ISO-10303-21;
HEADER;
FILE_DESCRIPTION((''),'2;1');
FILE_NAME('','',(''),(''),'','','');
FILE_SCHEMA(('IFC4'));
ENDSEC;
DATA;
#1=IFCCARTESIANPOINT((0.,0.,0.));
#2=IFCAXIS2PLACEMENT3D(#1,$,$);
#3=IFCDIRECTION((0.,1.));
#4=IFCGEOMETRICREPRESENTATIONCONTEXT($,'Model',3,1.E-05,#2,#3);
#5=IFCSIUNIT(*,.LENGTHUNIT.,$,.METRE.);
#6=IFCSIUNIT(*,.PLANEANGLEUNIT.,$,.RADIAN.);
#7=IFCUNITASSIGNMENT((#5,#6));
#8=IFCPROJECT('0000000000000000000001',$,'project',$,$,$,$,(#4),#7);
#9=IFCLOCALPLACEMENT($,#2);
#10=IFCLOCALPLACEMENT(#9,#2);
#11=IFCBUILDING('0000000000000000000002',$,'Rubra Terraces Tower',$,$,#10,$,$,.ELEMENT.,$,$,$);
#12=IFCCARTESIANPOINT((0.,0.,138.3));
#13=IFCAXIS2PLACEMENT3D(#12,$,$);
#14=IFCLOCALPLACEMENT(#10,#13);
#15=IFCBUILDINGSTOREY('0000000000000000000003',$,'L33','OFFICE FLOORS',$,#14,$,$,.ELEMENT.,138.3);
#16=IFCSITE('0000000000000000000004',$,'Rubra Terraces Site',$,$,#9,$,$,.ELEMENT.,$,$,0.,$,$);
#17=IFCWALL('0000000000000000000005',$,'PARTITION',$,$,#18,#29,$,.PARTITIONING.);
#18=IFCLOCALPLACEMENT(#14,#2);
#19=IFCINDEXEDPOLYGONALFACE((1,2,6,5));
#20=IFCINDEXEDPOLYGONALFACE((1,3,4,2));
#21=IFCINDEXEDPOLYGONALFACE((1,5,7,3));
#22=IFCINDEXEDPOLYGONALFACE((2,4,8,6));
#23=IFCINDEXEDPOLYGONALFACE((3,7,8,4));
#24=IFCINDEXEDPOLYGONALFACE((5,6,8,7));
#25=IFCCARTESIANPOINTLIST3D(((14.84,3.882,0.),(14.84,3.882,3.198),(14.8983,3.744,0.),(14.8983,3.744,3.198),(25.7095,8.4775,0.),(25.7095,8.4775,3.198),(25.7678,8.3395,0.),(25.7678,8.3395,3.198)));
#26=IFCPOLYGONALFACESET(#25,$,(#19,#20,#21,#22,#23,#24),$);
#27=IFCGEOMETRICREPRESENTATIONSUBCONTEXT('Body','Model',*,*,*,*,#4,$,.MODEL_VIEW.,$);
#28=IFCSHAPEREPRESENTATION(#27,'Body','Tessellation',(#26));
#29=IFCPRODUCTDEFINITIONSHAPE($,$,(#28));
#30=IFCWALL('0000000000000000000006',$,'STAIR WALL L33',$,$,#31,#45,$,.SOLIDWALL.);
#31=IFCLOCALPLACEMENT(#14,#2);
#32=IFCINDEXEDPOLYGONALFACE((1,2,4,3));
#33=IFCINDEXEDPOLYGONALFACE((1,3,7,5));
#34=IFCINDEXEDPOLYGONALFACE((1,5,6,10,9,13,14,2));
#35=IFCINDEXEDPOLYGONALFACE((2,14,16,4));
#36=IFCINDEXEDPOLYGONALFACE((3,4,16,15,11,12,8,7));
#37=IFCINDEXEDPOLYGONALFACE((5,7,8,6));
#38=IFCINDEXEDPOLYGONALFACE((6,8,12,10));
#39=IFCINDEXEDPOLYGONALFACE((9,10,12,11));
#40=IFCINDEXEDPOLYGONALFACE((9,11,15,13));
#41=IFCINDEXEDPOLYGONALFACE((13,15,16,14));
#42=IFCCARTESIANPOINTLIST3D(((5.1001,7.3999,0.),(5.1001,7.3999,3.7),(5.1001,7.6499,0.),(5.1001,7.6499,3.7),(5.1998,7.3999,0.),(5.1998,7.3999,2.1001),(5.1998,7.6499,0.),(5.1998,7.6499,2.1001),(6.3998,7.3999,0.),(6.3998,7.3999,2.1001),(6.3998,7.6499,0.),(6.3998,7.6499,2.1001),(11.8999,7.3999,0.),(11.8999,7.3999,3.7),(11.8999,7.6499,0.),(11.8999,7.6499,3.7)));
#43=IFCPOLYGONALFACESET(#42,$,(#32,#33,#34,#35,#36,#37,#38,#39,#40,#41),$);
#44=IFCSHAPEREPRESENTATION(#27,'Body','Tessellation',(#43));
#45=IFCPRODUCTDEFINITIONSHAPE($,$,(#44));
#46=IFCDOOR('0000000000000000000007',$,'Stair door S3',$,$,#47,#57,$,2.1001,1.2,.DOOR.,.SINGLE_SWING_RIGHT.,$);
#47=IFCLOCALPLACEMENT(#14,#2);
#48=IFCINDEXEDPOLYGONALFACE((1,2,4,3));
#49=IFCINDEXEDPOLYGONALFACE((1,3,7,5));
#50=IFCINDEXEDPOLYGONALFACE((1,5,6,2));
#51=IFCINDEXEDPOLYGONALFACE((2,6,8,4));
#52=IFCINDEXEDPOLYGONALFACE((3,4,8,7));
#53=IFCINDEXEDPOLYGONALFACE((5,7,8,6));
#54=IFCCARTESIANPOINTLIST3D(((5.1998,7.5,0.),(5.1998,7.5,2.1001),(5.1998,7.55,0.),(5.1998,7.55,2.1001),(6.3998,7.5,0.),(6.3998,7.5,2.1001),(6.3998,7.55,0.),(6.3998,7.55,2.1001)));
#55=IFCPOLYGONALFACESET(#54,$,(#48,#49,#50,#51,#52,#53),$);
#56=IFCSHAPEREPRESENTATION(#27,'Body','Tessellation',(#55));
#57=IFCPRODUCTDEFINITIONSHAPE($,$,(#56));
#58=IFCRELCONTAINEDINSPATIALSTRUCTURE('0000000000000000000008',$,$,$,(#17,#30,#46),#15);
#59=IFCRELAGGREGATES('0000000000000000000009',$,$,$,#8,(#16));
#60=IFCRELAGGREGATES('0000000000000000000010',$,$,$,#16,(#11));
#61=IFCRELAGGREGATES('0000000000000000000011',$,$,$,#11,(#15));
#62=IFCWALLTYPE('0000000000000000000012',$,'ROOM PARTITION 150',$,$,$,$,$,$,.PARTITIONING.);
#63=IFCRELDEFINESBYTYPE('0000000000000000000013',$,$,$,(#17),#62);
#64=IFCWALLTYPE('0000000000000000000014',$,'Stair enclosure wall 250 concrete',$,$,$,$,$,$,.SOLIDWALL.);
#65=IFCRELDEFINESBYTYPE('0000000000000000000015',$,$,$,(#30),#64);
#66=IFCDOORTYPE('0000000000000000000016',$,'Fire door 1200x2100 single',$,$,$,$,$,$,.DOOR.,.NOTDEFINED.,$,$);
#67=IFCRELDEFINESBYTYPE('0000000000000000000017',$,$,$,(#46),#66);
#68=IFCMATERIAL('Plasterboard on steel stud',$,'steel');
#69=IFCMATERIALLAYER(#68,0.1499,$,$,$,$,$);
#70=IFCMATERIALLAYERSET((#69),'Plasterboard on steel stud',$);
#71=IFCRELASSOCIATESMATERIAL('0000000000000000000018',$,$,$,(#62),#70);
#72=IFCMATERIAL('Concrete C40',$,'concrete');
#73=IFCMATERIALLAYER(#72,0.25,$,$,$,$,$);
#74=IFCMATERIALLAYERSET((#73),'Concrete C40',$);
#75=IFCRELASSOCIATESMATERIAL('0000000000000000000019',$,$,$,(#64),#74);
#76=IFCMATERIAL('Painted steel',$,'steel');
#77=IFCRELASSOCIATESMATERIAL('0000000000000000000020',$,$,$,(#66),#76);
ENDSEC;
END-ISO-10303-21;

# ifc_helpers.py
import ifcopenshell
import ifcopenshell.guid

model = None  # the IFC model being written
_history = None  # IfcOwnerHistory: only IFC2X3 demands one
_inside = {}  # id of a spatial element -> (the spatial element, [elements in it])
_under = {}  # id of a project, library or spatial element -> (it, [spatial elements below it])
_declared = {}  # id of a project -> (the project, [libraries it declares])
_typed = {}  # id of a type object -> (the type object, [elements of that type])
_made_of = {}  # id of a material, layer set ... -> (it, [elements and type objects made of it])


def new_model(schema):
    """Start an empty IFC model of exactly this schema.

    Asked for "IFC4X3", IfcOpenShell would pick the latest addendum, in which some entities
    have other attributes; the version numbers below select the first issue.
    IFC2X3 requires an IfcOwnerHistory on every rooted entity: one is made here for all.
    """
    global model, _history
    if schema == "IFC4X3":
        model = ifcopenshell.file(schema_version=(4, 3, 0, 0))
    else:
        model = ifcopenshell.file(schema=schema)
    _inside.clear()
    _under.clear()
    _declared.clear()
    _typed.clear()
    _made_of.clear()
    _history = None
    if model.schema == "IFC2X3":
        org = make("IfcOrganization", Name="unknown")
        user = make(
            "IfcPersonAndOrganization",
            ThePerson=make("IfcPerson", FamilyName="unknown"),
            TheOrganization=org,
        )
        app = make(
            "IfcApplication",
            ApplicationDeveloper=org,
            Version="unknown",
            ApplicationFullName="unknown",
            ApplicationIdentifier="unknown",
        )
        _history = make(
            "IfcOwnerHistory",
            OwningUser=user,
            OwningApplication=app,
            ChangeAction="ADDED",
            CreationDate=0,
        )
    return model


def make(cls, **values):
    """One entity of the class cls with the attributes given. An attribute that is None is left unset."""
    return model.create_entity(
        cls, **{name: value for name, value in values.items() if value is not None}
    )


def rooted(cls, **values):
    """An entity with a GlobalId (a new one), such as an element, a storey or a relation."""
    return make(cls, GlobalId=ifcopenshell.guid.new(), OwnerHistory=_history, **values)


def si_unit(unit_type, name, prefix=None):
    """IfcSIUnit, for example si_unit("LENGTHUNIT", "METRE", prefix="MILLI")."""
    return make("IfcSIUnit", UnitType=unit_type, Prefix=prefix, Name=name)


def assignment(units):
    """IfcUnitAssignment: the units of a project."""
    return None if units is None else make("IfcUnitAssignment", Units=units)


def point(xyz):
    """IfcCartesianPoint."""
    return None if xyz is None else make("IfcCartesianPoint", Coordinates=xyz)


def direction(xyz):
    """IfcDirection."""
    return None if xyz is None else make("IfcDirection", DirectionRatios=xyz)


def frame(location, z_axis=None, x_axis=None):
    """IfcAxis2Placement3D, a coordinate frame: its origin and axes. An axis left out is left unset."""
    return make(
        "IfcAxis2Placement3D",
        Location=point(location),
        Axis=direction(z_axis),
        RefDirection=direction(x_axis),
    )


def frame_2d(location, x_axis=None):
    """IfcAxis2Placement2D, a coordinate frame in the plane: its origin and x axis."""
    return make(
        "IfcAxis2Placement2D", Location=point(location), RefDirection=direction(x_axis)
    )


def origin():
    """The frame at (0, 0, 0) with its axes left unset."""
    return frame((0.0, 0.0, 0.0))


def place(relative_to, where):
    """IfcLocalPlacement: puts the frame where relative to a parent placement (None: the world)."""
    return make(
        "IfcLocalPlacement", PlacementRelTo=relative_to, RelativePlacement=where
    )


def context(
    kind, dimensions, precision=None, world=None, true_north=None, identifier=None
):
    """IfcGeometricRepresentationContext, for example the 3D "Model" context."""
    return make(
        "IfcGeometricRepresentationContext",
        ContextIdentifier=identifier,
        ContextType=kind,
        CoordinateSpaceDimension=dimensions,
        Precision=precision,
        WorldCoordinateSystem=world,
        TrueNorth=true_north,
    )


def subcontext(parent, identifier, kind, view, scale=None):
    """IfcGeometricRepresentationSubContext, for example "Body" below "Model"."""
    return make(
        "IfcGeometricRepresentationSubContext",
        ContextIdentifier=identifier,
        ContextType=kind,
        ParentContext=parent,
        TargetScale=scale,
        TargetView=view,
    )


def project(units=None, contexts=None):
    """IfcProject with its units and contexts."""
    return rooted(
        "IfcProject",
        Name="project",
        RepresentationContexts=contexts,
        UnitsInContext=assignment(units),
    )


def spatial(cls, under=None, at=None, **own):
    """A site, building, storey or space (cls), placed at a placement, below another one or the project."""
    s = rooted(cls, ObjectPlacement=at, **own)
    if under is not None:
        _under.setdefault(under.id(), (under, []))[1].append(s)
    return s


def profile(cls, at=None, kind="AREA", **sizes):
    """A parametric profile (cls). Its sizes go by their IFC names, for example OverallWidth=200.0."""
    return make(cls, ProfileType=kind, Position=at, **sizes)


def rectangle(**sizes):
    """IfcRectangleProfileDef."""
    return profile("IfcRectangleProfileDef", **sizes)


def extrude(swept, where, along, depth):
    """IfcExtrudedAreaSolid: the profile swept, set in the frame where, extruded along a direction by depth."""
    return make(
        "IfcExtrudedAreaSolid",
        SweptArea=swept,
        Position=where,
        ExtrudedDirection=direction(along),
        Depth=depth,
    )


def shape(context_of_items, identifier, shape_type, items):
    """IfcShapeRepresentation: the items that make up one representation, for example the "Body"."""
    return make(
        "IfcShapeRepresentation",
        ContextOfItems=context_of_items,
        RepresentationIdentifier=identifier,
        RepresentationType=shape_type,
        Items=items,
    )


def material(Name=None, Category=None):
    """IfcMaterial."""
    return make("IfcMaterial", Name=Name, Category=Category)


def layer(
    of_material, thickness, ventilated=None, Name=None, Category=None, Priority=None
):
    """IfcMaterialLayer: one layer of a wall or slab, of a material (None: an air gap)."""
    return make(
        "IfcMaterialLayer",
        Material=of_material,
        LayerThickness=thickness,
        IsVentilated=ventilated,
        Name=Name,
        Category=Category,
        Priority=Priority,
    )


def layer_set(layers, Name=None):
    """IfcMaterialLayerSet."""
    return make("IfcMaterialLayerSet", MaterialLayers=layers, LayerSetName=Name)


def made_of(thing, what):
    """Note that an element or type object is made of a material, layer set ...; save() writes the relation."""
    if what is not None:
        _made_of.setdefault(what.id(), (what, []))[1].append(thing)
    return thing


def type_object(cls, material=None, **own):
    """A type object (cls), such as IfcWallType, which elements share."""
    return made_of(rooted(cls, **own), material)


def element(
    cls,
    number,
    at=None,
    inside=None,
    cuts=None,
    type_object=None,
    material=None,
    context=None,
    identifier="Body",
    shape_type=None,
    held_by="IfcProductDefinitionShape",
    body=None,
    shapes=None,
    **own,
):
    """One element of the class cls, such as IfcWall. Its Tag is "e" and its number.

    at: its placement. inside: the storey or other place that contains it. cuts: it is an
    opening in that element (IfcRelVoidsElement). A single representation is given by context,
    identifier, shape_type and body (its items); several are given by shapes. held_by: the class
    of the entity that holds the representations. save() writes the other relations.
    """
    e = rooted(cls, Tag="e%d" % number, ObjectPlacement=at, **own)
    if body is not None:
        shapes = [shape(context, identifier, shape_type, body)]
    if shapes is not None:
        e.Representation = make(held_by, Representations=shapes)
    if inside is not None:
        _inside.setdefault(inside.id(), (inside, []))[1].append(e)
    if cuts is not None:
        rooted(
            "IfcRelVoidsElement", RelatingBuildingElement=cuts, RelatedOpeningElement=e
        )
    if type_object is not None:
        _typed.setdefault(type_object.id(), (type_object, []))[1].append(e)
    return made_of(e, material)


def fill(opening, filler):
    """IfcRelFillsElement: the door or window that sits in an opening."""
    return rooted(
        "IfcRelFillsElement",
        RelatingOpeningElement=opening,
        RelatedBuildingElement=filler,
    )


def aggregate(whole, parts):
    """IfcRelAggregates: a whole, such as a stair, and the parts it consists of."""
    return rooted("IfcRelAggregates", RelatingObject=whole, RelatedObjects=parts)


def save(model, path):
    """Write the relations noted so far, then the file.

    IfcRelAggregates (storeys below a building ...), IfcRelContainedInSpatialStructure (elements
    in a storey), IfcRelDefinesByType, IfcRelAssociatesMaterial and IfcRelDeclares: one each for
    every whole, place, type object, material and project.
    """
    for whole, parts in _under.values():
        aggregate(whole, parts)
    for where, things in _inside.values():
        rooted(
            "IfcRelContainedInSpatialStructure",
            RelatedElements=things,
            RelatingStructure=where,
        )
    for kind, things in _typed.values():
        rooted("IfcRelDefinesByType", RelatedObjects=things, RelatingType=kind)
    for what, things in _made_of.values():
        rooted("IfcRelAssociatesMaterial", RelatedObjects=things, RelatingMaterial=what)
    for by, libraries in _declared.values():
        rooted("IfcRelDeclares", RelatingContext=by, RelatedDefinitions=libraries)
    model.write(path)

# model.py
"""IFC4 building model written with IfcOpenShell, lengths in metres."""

from ifc_helpers import new_model, si_unit, direction, frame, frame_2d, origin, place, context, subcontext, project, spatial, rectangle, extrude, material, layer, layer_set, type_object, element, fill, save


model = new_model("IFC4")

# Units and contexts
model_context = context("Model", 3, precision=1e-05, world=origin(), true_north=direction((0.0, 1.0)))
body_context = subcontext(model_context, "Body", "Model", "MODEL_VIEW")
ifc_project = project(units=[si_unit("LENGTHUNIT", "METRE"), si_unit("PLANEANGLEUNIT", "RADIAN")], contexts=[model_context])

# Site, building, storey
site_placement = place(None, origin())
site = spatial("IfcSite", under=ifc_project, at=site_placement, Name="Rubra Terraces Site", CompositionType="ELEMENT", RefElevation=0.0)
building_placement = place(site_placement, origin())
building = spatial("IfcBuilding", under=site, at=building_placement, Name="Rubra Terraces Tower", CompositionType="ELEMENT")
storey_placement = place(building_placement, frame((0.0, 0.0, 138.3)))
storey = spatial("IfcBuildingStorey", under=building, at=storey_placement, Name="L33", Description="OFFICE FLOORS", CompositionType="ELEMENT", Elevation=138.3)

# Shared definitions
ifc_material_1 = material(Name="Concrete C40", Category="concrete")
ifc_material_2 = material(Name="Plasterboard on steel stud", Category="steel")

# Wall
ifc_layer_1 = layer(ifc_material_2, 0.1499)
ifc_layer_set_1 = layer_set([ifc_layer_1], Name="Plasterboard on steel stud")
wall_type_1 = type_object("IfcWallType", Name="ROOM PARTITION 150", PredefinedType="PARTITIONING", material=ifc_layer_set_1)
wall_1_placement = place(storey_placement, frame((25.7385, 8.4084, 0.0), z_axis=(0.0, 0.0, 1.0), x_axis=(-0.921062, -0.389415, 0.0)))
element("IfcWall", 1, at=wall_1_placement, inside=storey, type_object=wall_type_1, Name="PARTITION", PredefinedType="PARTITIONING", context=body_context, shape_type="SweptSolid", body=[
    extrude(rectangle(XDim=11.801, YDim=0.1499, at=frame_2d((5.9004, 0.0))), origin(), (0.0, 0.0, 1.0), 3.198),
])

# Wall, opening, door
ifc_layer_2 = layer(ifc_material_1, 0.25)
ifc_layer_set_2 = layer_set([ifc_layer_2], Name="Concrete C40")
wall_type_2 = type_object("IfcWallType", Name="Stair enclosure wall 250 concrete", PredefinedType="SOLIDWALL", material=ifc_layer_set_2)
wall_2_placement = place(storey_placement, frame((11.8999, 7.5249, 0.0), z_axis=(0.0, 0.0, 1.0), x_axis=(-1.0, 0.0, 0.0)))
wall_2 = element("IfcWall", 2, at=wall_2_placement, inside=storey, type_object=wall_type_2, Name="STAIR WALL L33", PredefinedType="SOLIDWALL", context=body_context, shape_type="SweptSolid", body=[
    extrude(rectangle(XDim=6.7998, YDim=0.25, at=frame_2d((3.3999, 0.0))), origin(), (0.0, 0.0, 1.0), 3.7),
])
opening_1_placement = place(wall_2_placement, frame((5.5, 0.0, 0.0)))
opening_1 = element("IfcOpeningElement", 3, at=opening_1_placement, cuts=wall_2, PredefinedType="OPENING", context=body_context, shape_type="SweptSolid", body=[
    extrude(rectangle(XDim=1.2, YDim=2.1001, at=frame_2d((0.6001, 1.05))), frame((0.0, 0.135, 0.0), z_axis=(0.0, -1.0, 0.0), x_axis=(1.0, 0.0, 0.0)), (0.0, 0.0, 1.0), 0.27),
])
ifc_material_3 = material(Name="Painted steel", Category="steel")
door_type_1 = type_object("IfcDoorType", Name="Fire door 1200x2100 single", OperationType="NOTDEFINED", PredefinedType="DOOR", material=ifc_material_3)
door_1_placement = place(opening_1_placement, origin())
door_1 = element("IfcDoor", 4, at=door_1_placement, inside=storey, type_object=door_type_1, Name="Stair door S3", OperationType="SINGLE_SWING_RIGHT", OverallHeight=2.1001, OverallWidth=1.2, PredefinedType="DOOR", context=body_context, shape_type="SweptSolid", body=[
    extrude(rectangle(XDim=1.2, YDim=2.1001, at=frame_2d((0.6001, 1.05))), frame((0.0, 0.0249, 0.0), z_axis=(0.0, -1.0, 0.0), x_axis=(1.0, 0.0, 0.0)), (0.0, 0.0, 1.0), 0.05),
])
fill(opening_1, door_1)

save(model, "model.ifc")
